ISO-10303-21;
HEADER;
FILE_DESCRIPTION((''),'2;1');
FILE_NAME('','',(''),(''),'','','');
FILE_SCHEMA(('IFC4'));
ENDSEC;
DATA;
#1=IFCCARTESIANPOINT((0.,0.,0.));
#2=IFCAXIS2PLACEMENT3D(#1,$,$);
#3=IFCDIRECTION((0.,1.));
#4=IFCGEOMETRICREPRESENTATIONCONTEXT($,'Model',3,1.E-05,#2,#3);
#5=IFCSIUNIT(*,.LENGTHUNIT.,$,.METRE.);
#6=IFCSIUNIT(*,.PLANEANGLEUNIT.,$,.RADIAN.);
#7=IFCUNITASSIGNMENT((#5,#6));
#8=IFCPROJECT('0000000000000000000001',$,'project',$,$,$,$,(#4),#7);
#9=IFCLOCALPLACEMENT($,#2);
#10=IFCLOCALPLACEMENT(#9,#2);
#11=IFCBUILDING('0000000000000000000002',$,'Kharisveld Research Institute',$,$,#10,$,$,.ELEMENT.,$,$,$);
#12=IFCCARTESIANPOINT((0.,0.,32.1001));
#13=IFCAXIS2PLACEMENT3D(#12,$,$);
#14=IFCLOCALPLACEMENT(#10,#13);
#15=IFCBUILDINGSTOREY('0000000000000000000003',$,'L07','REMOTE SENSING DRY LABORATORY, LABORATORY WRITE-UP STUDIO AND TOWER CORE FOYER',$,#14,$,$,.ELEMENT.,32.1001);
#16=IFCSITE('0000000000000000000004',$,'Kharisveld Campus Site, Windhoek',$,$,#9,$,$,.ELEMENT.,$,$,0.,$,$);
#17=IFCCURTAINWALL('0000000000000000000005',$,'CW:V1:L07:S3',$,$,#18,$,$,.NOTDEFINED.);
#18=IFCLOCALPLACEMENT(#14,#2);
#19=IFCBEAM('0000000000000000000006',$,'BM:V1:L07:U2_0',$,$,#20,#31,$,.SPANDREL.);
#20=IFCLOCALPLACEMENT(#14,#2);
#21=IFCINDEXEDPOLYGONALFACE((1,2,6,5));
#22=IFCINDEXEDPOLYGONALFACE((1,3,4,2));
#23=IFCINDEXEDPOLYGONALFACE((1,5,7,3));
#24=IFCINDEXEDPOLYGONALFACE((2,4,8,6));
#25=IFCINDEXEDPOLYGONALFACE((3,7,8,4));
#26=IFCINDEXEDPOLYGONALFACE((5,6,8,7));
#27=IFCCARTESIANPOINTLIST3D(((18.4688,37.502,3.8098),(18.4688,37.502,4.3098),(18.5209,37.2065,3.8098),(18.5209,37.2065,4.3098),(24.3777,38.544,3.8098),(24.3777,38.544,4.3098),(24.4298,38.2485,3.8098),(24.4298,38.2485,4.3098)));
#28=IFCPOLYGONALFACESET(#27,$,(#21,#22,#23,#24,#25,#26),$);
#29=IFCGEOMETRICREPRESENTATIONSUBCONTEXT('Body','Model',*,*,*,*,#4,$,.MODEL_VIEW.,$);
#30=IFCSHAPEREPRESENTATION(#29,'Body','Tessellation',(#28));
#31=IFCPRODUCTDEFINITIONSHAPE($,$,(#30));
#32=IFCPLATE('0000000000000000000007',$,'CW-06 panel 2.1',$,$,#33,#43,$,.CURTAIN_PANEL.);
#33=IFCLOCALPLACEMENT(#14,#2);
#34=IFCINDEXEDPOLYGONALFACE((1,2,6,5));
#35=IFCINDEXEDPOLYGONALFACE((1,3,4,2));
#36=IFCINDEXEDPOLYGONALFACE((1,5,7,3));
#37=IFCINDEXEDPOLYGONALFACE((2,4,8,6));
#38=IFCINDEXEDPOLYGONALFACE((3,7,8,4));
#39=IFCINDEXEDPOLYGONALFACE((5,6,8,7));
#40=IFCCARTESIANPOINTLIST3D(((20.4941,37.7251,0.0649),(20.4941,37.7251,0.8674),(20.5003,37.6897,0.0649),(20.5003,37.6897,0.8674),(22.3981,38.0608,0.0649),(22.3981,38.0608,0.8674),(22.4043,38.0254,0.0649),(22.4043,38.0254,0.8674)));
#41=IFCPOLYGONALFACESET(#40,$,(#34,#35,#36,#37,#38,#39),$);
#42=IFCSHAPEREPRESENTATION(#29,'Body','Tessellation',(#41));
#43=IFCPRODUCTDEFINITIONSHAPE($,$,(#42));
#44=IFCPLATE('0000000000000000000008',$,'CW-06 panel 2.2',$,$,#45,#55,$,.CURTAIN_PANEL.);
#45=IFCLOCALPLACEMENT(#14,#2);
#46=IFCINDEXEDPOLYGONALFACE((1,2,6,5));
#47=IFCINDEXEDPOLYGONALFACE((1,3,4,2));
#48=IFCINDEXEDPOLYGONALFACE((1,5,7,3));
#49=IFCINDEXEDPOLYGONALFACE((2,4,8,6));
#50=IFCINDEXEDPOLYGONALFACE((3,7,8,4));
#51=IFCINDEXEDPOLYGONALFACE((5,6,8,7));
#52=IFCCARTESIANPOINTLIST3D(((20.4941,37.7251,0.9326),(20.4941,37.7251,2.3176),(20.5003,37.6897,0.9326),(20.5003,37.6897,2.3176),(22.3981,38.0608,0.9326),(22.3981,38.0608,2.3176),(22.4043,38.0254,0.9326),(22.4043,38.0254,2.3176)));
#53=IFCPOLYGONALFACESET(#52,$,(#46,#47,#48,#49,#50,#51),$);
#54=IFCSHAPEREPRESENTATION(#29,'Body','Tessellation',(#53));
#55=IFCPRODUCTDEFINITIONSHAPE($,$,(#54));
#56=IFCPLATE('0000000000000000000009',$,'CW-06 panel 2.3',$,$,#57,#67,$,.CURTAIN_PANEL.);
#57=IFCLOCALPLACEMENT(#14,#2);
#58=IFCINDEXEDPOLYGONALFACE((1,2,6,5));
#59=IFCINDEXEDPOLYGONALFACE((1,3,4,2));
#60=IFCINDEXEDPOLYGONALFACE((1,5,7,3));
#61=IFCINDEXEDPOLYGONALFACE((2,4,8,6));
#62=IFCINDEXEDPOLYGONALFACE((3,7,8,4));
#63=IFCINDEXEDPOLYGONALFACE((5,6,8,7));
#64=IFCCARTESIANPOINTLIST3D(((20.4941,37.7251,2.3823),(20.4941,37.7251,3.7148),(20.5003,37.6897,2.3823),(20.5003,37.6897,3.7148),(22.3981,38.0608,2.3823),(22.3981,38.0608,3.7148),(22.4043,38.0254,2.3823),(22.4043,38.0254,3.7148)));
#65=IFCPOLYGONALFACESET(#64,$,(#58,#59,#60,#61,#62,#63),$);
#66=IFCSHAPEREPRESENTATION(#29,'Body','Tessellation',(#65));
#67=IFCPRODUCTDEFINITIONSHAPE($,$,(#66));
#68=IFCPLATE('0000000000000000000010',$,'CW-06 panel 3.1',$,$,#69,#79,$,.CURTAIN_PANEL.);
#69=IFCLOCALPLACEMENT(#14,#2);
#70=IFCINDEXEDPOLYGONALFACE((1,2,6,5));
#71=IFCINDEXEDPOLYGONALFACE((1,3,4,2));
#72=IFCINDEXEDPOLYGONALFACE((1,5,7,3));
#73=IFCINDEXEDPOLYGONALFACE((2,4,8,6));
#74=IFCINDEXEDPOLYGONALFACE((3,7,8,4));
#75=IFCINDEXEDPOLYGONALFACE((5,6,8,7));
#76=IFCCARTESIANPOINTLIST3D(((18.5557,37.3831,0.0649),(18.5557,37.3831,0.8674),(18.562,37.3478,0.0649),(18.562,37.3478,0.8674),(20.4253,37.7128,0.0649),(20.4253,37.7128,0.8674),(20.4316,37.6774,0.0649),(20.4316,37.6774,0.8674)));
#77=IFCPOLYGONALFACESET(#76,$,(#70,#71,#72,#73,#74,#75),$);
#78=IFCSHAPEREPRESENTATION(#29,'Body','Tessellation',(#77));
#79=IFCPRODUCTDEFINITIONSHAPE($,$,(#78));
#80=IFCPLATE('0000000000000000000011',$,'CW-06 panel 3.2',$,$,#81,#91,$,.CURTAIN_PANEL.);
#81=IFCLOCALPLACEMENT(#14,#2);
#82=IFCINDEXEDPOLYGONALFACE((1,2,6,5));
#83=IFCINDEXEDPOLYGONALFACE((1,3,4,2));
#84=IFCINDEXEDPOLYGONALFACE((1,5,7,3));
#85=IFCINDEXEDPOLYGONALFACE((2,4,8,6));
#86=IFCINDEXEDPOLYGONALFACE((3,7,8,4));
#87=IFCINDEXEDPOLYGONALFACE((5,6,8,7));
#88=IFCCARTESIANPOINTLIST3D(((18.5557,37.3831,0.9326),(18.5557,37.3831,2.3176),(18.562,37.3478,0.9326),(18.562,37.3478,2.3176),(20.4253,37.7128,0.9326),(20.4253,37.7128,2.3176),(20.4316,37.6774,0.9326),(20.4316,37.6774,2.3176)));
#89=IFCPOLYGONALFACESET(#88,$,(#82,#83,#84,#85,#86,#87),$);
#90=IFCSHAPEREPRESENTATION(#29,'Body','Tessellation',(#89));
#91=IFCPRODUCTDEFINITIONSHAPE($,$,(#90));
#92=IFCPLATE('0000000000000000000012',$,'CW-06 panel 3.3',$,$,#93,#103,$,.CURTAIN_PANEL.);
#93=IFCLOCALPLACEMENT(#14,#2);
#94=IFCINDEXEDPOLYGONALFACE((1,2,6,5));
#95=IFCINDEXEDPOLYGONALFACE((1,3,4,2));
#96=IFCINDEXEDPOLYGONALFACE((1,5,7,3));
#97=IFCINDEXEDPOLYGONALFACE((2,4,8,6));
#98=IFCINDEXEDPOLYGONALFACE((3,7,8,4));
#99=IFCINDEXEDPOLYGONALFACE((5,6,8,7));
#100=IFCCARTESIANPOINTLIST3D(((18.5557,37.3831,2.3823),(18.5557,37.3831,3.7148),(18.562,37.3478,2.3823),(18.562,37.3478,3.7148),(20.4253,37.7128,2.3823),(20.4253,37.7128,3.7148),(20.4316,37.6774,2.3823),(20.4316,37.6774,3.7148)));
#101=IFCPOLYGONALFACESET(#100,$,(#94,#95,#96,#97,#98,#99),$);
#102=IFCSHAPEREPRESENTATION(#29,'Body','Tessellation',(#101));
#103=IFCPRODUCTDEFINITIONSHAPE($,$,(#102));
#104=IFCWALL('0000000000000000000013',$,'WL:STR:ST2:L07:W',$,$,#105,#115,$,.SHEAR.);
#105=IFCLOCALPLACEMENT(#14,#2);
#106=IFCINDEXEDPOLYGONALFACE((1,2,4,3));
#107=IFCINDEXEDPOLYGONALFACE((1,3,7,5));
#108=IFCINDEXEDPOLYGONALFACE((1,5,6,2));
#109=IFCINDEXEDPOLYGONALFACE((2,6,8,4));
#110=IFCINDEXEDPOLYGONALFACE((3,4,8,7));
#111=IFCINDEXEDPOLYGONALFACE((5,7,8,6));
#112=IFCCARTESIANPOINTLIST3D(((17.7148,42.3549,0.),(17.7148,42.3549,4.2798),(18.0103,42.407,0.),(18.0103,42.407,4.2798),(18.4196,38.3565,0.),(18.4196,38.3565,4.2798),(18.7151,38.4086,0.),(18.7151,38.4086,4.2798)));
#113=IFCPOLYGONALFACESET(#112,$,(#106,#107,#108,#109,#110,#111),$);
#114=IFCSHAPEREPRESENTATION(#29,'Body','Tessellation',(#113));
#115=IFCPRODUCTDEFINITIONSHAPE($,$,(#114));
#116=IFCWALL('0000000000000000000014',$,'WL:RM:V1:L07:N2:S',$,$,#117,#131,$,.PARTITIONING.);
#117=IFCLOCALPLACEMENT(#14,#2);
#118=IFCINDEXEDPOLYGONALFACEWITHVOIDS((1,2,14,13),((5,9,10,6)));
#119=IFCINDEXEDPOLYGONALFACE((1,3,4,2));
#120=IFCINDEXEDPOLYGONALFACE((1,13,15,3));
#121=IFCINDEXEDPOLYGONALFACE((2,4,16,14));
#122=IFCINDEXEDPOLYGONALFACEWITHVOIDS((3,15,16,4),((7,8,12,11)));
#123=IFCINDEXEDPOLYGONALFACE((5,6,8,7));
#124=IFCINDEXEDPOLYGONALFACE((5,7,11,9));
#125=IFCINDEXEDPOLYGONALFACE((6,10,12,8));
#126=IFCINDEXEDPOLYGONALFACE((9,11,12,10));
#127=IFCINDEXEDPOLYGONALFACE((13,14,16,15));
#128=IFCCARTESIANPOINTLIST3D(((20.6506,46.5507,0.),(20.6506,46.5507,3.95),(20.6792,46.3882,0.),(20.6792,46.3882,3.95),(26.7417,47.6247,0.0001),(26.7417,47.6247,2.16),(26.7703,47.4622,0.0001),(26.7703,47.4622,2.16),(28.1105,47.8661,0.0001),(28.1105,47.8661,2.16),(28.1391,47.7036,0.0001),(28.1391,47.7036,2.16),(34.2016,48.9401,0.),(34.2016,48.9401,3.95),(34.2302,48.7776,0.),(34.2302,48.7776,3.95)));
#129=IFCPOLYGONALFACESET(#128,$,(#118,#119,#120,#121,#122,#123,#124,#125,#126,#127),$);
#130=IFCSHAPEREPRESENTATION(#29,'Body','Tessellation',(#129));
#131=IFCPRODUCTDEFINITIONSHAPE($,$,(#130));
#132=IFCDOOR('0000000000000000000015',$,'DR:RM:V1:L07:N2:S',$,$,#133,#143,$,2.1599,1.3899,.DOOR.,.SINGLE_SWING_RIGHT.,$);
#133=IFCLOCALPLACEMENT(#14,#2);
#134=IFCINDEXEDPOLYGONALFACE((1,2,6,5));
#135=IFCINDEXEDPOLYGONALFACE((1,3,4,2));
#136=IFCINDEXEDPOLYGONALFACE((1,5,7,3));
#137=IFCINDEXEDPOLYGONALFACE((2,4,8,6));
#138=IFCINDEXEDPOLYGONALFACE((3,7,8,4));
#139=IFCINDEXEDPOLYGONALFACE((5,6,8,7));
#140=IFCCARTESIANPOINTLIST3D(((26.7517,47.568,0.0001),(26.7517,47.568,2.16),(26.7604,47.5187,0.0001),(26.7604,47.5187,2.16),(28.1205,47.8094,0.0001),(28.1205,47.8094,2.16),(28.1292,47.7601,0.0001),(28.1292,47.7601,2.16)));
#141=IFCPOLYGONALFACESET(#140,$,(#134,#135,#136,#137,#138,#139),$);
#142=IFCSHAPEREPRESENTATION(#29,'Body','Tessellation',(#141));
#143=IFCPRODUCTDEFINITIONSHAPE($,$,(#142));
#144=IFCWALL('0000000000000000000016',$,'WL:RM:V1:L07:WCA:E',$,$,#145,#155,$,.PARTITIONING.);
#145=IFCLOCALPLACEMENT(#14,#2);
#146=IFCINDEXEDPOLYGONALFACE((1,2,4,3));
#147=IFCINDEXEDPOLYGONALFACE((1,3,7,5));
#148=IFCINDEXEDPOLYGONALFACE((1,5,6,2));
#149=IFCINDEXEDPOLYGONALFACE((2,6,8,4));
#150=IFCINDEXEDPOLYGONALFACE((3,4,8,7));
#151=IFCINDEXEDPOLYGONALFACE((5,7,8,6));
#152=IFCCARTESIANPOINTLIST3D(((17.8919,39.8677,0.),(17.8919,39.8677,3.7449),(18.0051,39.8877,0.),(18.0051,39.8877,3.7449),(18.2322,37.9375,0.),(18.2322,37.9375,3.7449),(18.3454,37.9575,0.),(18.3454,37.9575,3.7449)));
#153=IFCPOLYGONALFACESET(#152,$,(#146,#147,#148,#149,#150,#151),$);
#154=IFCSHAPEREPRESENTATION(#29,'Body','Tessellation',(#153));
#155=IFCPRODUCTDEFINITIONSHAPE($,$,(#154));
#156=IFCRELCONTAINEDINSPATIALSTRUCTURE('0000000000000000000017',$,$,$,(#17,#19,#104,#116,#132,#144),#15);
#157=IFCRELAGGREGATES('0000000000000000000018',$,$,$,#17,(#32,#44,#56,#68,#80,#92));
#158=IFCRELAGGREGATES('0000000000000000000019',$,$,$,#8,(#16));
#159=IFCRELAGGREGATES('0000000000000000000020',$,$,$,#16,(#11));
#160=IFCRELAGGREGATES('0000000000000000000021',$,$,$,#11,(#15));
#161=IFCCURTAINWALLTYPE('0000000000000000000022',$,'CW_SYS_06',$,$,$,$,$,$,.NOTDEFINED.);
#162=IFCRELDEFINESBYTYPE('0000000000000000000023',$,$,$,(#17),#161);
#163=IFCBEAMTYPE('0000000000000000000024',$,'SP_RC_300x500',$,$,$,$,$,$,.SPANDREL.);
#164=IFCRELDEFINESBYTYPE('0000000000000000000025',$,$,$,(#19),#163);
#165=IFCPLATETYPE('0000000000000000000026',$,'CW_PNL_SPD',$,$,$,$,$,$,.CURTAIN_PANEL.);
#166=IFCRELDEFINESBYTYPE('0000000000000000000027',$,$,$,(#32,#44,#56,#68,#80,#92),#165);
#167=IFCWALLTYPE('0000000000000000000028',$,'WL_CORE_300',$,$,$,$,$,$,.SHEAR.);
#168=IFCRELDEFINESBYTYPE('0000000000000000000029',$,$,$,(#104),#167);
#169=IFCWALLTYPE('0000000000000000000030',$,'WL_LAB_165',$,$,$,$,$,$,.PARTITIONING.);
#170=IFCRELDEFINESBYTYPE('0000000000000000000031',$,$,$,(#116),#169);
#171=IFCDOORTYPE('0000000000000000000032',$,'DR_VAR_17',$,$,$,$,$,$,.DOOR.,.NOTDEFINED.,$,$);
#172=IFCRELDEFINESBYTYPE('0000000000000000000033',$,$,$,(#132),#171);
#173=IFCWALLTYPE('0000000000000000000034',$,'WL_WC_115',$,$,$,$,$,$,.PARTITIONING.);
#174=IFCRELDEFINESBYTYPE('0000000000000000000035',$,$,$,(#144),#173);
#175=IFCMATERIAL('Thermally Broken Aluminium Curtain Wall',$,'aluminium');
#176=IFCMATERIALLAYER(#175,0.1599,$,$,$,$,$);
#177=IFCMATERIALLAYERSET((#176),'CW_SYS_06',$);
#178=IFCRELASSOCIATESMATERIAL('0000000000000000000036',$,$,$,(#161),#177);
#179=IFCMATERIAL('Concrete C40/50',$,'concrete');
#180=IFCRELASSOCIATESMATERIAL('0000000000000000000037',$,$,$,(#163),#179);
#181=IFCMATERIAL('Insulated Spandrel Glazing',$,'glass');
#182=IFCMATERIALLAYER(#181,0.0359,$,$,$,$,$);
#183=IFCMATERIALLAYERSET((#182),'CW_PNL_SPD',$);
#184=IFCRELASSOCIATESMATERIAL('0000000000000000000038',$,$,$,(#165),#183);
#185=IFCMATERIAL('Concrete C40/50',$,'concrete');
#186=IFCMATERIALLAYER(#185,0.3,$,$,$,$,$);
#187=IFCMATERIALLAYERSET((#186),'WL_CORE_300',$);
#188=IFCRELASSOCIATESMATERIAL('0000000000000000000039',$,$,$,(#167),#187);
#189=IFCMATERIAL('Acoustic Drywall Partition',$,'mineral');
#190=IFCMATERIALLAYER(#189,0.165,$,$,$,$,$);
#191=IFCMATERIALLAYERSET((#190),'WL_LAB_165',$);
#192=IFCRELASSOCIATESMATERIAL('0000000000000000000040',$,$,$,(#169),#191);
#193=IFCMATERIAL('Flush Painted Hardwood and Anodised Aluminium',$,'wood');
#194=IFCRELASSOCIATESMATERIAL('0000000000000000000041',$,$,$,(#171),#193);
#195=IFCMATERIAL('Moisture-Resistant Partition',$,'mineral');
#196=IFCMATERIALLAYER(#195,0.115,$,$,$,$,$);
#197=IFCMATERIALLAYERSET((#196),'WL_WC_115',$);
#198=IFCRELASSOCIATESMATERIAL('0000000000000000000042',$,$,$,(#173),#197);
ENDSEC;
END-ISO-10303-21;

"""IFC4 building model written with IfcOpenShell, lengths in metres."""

from ifc_helpers import new_model, si_unit, direction, frame, frame_2d, origin, origin_2d, place, context, subcontext, project, spatial, rectangle, extrude, material, layer, layer_set, material_profile, profile_set, type_object, element, fill, aggregate, save


model = new_model("IFC4")

# Units and contexts
model_context = context("Model", 3, precision=1e-05, world=origin(), true_north=direction((0.0, 1.0)))
body_context = subcontext(model_context, "Body", "Model", "MODEL_VIEW")
ifc_project = project(units=[si_unit("LENGTHUNIT", "METRE"), si_unit("PLANEANGLEUNIT", "RADIAN")], contexts=[model_context])

# Site, building, storey
site_placement = place(None, origin())
site = spatial("IfcSite", under=ifc_project, at=site_placement, Name="Kharisveld Campus Site, Windhoek", CompositionType="ELEMENT", RefElevation=0.0)
building_placement = place(site_placement, origin())
building = spatial("IfcBuilding", under=site, at=building_placement, Name="Kharisveld Research Institute", CompositionType="ELEMENT")
storey_placement = place(building_placement, frame((0.0, 0.0, 32.1001)))
storey = spatial("IfcBuildingStorey", under=building, at=storey_placement, Name="L07", Description="REMOTE SENSING DRY LABORATORY, LABORATORY WRITE-UP STUDIO AND TOWER CORE FOYER", CompositionType="ELEMENT", Elevation=32.1001)

# Curtain wall
ifc_material_1 = material(Name="Thermally Broken Aluminium Curtain Wall", Category="aluminium")
ifc_layer_1 = layer(ifc_material_1, 0.1599)
ifc_layer_set_1 = layer_set([ifc_layer_1], Name="CW_SYS_06")
curtain_wall_type = type_object("IfcCurtainWallType", Name="CW_SYS_06", PredefinedType="NOTDEFINED", material=ifc_layer_set_1)
curtain_wall_placement = place(storey_placement, origin())
curtain_wall = element("IfcCurtainWall", 1, at=curtain_wall_placement, inside=storey, type_object=curtain_wall_type, Name="CW:V1:L07:S3", PredefinedType="NOTDEFINED")

# Beam
ifc_material_2 = material(Name="Concrete C40/50", Category="concrete")
ifc_material_profile_1 = material_profile(ifc_material_2, rectangle(XDim=0.3, YDim=0.5, at=origin_2d()))
ifc_profile_set_1 = profile_set([ifc_material_profile_1], Name="Concrete C40/50")
beam_type = type_object("IfcBeamType", Name="SP_RC_300x500", PredefinedType="SPANDREL", material=ifc_profile_set_1)
beam_placement = place(storey_placement, frame((18.4949, 37.3542, 4.0598), z_axis=(0.984805, 0.173662, 0.0), x_axis=(-0.173662, 0.984805, 0.0)))
element("IfcBeam", 2, at=beam_placement, inside=storey, type_object=beam_type, Name="BM:V1:L07:U2_0", PredefinedType="SPANDREL", context=body_context, shape_type="SweptSolid", body=[
    extrude(rectangle(XDim=0.3, YDim=0.5, at=origin_2d()), origin(), (0.0, 0.0, 1.0), 6.0),
])

# Plates
ifc_material_3 = material(Name="Insulated Spandrel Glazing", Category="glass")
ifc_layer_2 = layer(ifc_material_3, 0.0359)
ifc_layer_set_2 = layer_set([ifc_layer_2], Name="CW_PNL_SPD")
plate_type = type_object("IfcPlateType", Name="CW_PNL_SPD", PredefinedType="CURTAIN_PANEL", material=ifc_layer_set_2)
plate_1_placement = place(storey_placement, frame((21.4492, 37.8752, 0.0649), z_axis=(0.0, 0.0, 1.0), x_axis=(-0.984808, -0.173648, 0.0)))
plate_1 = element("IfcPlate", 3, at=plate_1_placement, type_object=plate_type, Name="CW-06 panel 2.1", PredefinedType="CURTAIN_PANEL", context=body_context, shape_type="SweptSolid", body=[
    extrude(rectangle(XDim=1.9333, YDim=0.0359, at=origin_2d()), origin(), (0.0, 0.0, 1.0), 0.8025),
])
plate_2_placement = place(storey_placement, frame((21.4492, 37.8752, 0.9326), z_axis=(0.0, 0.0, 1.0), x_axis=(-0.984808, -0.173648, 0.0)))
plate_2 = element("IfcPlate", 4, at=plate_2_placement, type_object=plate_type, Name="CW-06 panel 2.2", PredefinedType="CURTAIN_PANEL", context=body_context, shape_type="SweptSolid", body=[
    extrude(rectangle(XDim=1.9333, YDim=0.0359, at=origin_2d()), origin(), (0.0, 0.0, 1.0), 1.385),
])
plate_3_placement = place(storey_placement, frame((21.4492, 37.8752, 2.3823), z_axis=(0.0, 0.0, 1.0), x_axis=(-0.984808, -0.173648, 0.0)))
plate_3 = element("IfcPlate", 5, at=plate_3_placement, type_object=plate_type, Name="CW-06 panel 2.3", PredefinedType="CURTAIN_PANEL", context=body_context, shape_type="SweptSolid", body=[
    extrude(rectangle(XDim=1.9333, YDim=0.0359, at=origin_2d()), origin(), (0.0, 0.0, 1.0), 1.3325),
])
plate_4_placement = place(storey_placement, frame((19.4937, 37.5303, 0.0649), z_axis=(0.0, 0.0, 1.0), x_axis=(-0.984808, -0.173648, 0.0)))
plate_4 = element("IfcPlate", 6, at=plate_4_placement, type_object=plate_type, Name="CW-06 panel 3.1", PredefinedType="CURTAIN_PANEL", context=body_context, shape_type="SweptSolid", body=[
    extrude(rectangle(XDim=1.8984, YDim=0.0359, at=origin_2d()), origin(), (0.0, 0.0, 1.0), 0.8025),
])
plate_5_placement = place(storey_placement, frame((19.4937, 37.5303, 0.9326), z_axis=(0.0, 0.0, 1.0), x_axis=(-0.984808, -0.173648, 0.0)))
plate_5 = element("IfcPlate", 7, at=plate_5_placement, type_object=plate_type, Name="CW-06 panel 3.2", PredefinedType="CURTAIN_PANEL", context=body_context, shape_type="SweptSolid", body=[
    extrude(rectangle(XDim=1.8984, YDim=0.0359, at=origin_2d()), origin(), (0.0, 0.0, 1.0), 1.385),
])
plate_6_placement = place(storey_placement, frame((19.4937, 37.5303, 2.3823), z_axis=(0.0, 0.0, 1.0), x_axis=(-0.984808, -0.173648, 0.0)))
plate_6 = element("IfcPlate", 8, at=plate_6_placement, type_object=plate_type, Name="CW-06 panel 3.3", PredefinedType="CURTAIN_PANEL", context=body_context, shape_type="SweptSolid", body=[
    extrude(rectangle(XDim=1.8984, YDim=0.0359, at=origin_2d()), origin(), (0.0, 0.0, 1.0), 1.3325),
])
aggregate(curtain_wall, [plate_1, plate_2, plate_3, plate_4, plate_5, plate_6])

# Wall
ifc_material_4 = material(Name="Concrete C40/50", Category="concrete")
ifc_layer_3 = layer(ifc_material_4, 0.3)
ifc_layer_set_3 = layer_set([ifc_layer_3], Name="WL_CORE_300")
wall_type_1 = type_object("IfcWallType", Name="WL_CORE_300", PredefinedType="SHEAR", material=ifc_layer_set_3)
wall_1_placement = place(storey_placement, frame((18.5674, 38.3826, 0.0), z_axis=(0.0, 0.0, 1.0), x_axis=(-0.173607, 0.984815, 0.0)))
element("IfcWall", 9, at=wall_1_placement, inside=storey, type_object=wall_type_1, Name="WL:STR:ST2:L07:W", PredefinedType="SHEAR", context=body_context, shape_type="SweptSolid", body=[
    extrude(rectangle(XDim=4.0601, YDim=0.3, at=frame_2d((2.03, 0.0))), origin(), (0.0, 0.0, 1.0), 4.2798),
])

# Wall, opening, door
ifc_material_5 = material(Name="Acoustic Drywall Partition", Category="mineral")
ifc_layer_4 = layer(ifc_material_5, 0.165)
ifc_layer_set_4 = layer_set([ifc_layer_4], Name="WL_LAB_165")
wall_type_2 = type_object("IfcWallType", Name="WL_LAB_165", PredefinedType="PARTITIONING", material=ifc_layer_set_4)
wall_2_placement = place(storey_placement, frame((20.665, 46.4695, 0.0), z_axis=(0.0, 0.0, 1.0), x_axis=(0.984808, 0.173648, 0.0)))
wall_2 = element("IfcWall", 10, at=wall_2_placement, inside=storey, type_object=wall_type_2, Name="WL:RM:V1:L07:N2:S", PredefinedType="PARTITIONING", context=body_context, shape_type="SweptSolid", body=[
    extrude(rectangle(XDim=13.76, YDim=0.165, at=frame_2d((6.8799, 0.0))), origin(), (0.0, 0.0, 1.0), 3.95),
])
opening_1_placement = place(wall_2_placement, frame((6.1851, 0.0, 0.0)))
opening_1 = element("IfcOpeningElement", 11, at=opening_1_placement, cuts=wall_2, PredefinedType="OPENING", context=body_context, shape_type="SweptSolid", body=[
    extrude(rectangle(XDim=1.3899, YDim=2.1599, at=frame_2d((0.6948, 1.0801))), frame((0.0, 0.0825, 0.0), z_axis=(0.0, -1.0, 0.0), x_axis=(1.0, 0.0, 0.0)), (0.0, 0.0, 1.0), 0.165),
])
ifc_material_6 = material(Name="Flush Painted Hardwood and Anodised Aluminium", Category="wood")
door_type_1 = type_object("IfcDoorType", Name="DR_VAR_17", OperationType="NOTDEFINED", PredefinedType="DOOR", material=ifc_material_6)
door_1_placement = place(opening_1_placement, origin())
door_1 = element("IfcDoor", 12, at=door_1_placement, inside=storey, type_object=door_type_1, Name="DR:RM:V1:L07:N2:S", OperationType="SINGLE_SWING_RIGHT", OverallHeight=2.1599, OverallWidth=1.3899, PredefinedType="DOOR", context=body_context, shape_type="SweptSolid", body=[
    extrude(rectangle(XDim=1.3899, YDim=2.1599, at=frame_2d((0.6948, 1.0801))), frame((0.0, 0.0249, 0.0), z_axis=(0.0, -1.0, 0.0), x_axis=(1.0, 0.0, 0.0)), (0.0, 0.0, 1.0), 0.05),
])
fill(opening_1, door_1)

# Wall
ifc_material_7 = material(Name="Moisture-Resistant Partition", Category="mineral")
ifc_layer_5 = layer(ifc_material_7, 0.115)
ifc_layer_set_5 = layer_set([ifc_layer_5], Name="WL_WC_115")
wall_type_3 = type_object("IfcWallType", Name="WL_WC_115", PredefinedType="PARTITIONING", material=ifc_layer_set_5)
wall_3_placement = place(storey_placement, frame((18.2888, 37.9475, 0.0), z_axis=(0.0, 0.0, 1.0), x_axis=(-0.173643, 0.984809, 0.0)))
element("IfcWall", 13, at=wall_3_placement, inside=storey, type_object=wall_type_3, Name="WL:RM:V1:L07:WCA:E", PredefinedType="PARTITIONING", context=body_context, shape_type="SweptSolid", body=[
    extrude(rectangle(XDim=1.96, YDim=0.115, at=frame_2d((0.98, 0.0))), origin(), (0.0, 0.0, 1.0), 3.7449),
])

save(model, "model.ifc")
